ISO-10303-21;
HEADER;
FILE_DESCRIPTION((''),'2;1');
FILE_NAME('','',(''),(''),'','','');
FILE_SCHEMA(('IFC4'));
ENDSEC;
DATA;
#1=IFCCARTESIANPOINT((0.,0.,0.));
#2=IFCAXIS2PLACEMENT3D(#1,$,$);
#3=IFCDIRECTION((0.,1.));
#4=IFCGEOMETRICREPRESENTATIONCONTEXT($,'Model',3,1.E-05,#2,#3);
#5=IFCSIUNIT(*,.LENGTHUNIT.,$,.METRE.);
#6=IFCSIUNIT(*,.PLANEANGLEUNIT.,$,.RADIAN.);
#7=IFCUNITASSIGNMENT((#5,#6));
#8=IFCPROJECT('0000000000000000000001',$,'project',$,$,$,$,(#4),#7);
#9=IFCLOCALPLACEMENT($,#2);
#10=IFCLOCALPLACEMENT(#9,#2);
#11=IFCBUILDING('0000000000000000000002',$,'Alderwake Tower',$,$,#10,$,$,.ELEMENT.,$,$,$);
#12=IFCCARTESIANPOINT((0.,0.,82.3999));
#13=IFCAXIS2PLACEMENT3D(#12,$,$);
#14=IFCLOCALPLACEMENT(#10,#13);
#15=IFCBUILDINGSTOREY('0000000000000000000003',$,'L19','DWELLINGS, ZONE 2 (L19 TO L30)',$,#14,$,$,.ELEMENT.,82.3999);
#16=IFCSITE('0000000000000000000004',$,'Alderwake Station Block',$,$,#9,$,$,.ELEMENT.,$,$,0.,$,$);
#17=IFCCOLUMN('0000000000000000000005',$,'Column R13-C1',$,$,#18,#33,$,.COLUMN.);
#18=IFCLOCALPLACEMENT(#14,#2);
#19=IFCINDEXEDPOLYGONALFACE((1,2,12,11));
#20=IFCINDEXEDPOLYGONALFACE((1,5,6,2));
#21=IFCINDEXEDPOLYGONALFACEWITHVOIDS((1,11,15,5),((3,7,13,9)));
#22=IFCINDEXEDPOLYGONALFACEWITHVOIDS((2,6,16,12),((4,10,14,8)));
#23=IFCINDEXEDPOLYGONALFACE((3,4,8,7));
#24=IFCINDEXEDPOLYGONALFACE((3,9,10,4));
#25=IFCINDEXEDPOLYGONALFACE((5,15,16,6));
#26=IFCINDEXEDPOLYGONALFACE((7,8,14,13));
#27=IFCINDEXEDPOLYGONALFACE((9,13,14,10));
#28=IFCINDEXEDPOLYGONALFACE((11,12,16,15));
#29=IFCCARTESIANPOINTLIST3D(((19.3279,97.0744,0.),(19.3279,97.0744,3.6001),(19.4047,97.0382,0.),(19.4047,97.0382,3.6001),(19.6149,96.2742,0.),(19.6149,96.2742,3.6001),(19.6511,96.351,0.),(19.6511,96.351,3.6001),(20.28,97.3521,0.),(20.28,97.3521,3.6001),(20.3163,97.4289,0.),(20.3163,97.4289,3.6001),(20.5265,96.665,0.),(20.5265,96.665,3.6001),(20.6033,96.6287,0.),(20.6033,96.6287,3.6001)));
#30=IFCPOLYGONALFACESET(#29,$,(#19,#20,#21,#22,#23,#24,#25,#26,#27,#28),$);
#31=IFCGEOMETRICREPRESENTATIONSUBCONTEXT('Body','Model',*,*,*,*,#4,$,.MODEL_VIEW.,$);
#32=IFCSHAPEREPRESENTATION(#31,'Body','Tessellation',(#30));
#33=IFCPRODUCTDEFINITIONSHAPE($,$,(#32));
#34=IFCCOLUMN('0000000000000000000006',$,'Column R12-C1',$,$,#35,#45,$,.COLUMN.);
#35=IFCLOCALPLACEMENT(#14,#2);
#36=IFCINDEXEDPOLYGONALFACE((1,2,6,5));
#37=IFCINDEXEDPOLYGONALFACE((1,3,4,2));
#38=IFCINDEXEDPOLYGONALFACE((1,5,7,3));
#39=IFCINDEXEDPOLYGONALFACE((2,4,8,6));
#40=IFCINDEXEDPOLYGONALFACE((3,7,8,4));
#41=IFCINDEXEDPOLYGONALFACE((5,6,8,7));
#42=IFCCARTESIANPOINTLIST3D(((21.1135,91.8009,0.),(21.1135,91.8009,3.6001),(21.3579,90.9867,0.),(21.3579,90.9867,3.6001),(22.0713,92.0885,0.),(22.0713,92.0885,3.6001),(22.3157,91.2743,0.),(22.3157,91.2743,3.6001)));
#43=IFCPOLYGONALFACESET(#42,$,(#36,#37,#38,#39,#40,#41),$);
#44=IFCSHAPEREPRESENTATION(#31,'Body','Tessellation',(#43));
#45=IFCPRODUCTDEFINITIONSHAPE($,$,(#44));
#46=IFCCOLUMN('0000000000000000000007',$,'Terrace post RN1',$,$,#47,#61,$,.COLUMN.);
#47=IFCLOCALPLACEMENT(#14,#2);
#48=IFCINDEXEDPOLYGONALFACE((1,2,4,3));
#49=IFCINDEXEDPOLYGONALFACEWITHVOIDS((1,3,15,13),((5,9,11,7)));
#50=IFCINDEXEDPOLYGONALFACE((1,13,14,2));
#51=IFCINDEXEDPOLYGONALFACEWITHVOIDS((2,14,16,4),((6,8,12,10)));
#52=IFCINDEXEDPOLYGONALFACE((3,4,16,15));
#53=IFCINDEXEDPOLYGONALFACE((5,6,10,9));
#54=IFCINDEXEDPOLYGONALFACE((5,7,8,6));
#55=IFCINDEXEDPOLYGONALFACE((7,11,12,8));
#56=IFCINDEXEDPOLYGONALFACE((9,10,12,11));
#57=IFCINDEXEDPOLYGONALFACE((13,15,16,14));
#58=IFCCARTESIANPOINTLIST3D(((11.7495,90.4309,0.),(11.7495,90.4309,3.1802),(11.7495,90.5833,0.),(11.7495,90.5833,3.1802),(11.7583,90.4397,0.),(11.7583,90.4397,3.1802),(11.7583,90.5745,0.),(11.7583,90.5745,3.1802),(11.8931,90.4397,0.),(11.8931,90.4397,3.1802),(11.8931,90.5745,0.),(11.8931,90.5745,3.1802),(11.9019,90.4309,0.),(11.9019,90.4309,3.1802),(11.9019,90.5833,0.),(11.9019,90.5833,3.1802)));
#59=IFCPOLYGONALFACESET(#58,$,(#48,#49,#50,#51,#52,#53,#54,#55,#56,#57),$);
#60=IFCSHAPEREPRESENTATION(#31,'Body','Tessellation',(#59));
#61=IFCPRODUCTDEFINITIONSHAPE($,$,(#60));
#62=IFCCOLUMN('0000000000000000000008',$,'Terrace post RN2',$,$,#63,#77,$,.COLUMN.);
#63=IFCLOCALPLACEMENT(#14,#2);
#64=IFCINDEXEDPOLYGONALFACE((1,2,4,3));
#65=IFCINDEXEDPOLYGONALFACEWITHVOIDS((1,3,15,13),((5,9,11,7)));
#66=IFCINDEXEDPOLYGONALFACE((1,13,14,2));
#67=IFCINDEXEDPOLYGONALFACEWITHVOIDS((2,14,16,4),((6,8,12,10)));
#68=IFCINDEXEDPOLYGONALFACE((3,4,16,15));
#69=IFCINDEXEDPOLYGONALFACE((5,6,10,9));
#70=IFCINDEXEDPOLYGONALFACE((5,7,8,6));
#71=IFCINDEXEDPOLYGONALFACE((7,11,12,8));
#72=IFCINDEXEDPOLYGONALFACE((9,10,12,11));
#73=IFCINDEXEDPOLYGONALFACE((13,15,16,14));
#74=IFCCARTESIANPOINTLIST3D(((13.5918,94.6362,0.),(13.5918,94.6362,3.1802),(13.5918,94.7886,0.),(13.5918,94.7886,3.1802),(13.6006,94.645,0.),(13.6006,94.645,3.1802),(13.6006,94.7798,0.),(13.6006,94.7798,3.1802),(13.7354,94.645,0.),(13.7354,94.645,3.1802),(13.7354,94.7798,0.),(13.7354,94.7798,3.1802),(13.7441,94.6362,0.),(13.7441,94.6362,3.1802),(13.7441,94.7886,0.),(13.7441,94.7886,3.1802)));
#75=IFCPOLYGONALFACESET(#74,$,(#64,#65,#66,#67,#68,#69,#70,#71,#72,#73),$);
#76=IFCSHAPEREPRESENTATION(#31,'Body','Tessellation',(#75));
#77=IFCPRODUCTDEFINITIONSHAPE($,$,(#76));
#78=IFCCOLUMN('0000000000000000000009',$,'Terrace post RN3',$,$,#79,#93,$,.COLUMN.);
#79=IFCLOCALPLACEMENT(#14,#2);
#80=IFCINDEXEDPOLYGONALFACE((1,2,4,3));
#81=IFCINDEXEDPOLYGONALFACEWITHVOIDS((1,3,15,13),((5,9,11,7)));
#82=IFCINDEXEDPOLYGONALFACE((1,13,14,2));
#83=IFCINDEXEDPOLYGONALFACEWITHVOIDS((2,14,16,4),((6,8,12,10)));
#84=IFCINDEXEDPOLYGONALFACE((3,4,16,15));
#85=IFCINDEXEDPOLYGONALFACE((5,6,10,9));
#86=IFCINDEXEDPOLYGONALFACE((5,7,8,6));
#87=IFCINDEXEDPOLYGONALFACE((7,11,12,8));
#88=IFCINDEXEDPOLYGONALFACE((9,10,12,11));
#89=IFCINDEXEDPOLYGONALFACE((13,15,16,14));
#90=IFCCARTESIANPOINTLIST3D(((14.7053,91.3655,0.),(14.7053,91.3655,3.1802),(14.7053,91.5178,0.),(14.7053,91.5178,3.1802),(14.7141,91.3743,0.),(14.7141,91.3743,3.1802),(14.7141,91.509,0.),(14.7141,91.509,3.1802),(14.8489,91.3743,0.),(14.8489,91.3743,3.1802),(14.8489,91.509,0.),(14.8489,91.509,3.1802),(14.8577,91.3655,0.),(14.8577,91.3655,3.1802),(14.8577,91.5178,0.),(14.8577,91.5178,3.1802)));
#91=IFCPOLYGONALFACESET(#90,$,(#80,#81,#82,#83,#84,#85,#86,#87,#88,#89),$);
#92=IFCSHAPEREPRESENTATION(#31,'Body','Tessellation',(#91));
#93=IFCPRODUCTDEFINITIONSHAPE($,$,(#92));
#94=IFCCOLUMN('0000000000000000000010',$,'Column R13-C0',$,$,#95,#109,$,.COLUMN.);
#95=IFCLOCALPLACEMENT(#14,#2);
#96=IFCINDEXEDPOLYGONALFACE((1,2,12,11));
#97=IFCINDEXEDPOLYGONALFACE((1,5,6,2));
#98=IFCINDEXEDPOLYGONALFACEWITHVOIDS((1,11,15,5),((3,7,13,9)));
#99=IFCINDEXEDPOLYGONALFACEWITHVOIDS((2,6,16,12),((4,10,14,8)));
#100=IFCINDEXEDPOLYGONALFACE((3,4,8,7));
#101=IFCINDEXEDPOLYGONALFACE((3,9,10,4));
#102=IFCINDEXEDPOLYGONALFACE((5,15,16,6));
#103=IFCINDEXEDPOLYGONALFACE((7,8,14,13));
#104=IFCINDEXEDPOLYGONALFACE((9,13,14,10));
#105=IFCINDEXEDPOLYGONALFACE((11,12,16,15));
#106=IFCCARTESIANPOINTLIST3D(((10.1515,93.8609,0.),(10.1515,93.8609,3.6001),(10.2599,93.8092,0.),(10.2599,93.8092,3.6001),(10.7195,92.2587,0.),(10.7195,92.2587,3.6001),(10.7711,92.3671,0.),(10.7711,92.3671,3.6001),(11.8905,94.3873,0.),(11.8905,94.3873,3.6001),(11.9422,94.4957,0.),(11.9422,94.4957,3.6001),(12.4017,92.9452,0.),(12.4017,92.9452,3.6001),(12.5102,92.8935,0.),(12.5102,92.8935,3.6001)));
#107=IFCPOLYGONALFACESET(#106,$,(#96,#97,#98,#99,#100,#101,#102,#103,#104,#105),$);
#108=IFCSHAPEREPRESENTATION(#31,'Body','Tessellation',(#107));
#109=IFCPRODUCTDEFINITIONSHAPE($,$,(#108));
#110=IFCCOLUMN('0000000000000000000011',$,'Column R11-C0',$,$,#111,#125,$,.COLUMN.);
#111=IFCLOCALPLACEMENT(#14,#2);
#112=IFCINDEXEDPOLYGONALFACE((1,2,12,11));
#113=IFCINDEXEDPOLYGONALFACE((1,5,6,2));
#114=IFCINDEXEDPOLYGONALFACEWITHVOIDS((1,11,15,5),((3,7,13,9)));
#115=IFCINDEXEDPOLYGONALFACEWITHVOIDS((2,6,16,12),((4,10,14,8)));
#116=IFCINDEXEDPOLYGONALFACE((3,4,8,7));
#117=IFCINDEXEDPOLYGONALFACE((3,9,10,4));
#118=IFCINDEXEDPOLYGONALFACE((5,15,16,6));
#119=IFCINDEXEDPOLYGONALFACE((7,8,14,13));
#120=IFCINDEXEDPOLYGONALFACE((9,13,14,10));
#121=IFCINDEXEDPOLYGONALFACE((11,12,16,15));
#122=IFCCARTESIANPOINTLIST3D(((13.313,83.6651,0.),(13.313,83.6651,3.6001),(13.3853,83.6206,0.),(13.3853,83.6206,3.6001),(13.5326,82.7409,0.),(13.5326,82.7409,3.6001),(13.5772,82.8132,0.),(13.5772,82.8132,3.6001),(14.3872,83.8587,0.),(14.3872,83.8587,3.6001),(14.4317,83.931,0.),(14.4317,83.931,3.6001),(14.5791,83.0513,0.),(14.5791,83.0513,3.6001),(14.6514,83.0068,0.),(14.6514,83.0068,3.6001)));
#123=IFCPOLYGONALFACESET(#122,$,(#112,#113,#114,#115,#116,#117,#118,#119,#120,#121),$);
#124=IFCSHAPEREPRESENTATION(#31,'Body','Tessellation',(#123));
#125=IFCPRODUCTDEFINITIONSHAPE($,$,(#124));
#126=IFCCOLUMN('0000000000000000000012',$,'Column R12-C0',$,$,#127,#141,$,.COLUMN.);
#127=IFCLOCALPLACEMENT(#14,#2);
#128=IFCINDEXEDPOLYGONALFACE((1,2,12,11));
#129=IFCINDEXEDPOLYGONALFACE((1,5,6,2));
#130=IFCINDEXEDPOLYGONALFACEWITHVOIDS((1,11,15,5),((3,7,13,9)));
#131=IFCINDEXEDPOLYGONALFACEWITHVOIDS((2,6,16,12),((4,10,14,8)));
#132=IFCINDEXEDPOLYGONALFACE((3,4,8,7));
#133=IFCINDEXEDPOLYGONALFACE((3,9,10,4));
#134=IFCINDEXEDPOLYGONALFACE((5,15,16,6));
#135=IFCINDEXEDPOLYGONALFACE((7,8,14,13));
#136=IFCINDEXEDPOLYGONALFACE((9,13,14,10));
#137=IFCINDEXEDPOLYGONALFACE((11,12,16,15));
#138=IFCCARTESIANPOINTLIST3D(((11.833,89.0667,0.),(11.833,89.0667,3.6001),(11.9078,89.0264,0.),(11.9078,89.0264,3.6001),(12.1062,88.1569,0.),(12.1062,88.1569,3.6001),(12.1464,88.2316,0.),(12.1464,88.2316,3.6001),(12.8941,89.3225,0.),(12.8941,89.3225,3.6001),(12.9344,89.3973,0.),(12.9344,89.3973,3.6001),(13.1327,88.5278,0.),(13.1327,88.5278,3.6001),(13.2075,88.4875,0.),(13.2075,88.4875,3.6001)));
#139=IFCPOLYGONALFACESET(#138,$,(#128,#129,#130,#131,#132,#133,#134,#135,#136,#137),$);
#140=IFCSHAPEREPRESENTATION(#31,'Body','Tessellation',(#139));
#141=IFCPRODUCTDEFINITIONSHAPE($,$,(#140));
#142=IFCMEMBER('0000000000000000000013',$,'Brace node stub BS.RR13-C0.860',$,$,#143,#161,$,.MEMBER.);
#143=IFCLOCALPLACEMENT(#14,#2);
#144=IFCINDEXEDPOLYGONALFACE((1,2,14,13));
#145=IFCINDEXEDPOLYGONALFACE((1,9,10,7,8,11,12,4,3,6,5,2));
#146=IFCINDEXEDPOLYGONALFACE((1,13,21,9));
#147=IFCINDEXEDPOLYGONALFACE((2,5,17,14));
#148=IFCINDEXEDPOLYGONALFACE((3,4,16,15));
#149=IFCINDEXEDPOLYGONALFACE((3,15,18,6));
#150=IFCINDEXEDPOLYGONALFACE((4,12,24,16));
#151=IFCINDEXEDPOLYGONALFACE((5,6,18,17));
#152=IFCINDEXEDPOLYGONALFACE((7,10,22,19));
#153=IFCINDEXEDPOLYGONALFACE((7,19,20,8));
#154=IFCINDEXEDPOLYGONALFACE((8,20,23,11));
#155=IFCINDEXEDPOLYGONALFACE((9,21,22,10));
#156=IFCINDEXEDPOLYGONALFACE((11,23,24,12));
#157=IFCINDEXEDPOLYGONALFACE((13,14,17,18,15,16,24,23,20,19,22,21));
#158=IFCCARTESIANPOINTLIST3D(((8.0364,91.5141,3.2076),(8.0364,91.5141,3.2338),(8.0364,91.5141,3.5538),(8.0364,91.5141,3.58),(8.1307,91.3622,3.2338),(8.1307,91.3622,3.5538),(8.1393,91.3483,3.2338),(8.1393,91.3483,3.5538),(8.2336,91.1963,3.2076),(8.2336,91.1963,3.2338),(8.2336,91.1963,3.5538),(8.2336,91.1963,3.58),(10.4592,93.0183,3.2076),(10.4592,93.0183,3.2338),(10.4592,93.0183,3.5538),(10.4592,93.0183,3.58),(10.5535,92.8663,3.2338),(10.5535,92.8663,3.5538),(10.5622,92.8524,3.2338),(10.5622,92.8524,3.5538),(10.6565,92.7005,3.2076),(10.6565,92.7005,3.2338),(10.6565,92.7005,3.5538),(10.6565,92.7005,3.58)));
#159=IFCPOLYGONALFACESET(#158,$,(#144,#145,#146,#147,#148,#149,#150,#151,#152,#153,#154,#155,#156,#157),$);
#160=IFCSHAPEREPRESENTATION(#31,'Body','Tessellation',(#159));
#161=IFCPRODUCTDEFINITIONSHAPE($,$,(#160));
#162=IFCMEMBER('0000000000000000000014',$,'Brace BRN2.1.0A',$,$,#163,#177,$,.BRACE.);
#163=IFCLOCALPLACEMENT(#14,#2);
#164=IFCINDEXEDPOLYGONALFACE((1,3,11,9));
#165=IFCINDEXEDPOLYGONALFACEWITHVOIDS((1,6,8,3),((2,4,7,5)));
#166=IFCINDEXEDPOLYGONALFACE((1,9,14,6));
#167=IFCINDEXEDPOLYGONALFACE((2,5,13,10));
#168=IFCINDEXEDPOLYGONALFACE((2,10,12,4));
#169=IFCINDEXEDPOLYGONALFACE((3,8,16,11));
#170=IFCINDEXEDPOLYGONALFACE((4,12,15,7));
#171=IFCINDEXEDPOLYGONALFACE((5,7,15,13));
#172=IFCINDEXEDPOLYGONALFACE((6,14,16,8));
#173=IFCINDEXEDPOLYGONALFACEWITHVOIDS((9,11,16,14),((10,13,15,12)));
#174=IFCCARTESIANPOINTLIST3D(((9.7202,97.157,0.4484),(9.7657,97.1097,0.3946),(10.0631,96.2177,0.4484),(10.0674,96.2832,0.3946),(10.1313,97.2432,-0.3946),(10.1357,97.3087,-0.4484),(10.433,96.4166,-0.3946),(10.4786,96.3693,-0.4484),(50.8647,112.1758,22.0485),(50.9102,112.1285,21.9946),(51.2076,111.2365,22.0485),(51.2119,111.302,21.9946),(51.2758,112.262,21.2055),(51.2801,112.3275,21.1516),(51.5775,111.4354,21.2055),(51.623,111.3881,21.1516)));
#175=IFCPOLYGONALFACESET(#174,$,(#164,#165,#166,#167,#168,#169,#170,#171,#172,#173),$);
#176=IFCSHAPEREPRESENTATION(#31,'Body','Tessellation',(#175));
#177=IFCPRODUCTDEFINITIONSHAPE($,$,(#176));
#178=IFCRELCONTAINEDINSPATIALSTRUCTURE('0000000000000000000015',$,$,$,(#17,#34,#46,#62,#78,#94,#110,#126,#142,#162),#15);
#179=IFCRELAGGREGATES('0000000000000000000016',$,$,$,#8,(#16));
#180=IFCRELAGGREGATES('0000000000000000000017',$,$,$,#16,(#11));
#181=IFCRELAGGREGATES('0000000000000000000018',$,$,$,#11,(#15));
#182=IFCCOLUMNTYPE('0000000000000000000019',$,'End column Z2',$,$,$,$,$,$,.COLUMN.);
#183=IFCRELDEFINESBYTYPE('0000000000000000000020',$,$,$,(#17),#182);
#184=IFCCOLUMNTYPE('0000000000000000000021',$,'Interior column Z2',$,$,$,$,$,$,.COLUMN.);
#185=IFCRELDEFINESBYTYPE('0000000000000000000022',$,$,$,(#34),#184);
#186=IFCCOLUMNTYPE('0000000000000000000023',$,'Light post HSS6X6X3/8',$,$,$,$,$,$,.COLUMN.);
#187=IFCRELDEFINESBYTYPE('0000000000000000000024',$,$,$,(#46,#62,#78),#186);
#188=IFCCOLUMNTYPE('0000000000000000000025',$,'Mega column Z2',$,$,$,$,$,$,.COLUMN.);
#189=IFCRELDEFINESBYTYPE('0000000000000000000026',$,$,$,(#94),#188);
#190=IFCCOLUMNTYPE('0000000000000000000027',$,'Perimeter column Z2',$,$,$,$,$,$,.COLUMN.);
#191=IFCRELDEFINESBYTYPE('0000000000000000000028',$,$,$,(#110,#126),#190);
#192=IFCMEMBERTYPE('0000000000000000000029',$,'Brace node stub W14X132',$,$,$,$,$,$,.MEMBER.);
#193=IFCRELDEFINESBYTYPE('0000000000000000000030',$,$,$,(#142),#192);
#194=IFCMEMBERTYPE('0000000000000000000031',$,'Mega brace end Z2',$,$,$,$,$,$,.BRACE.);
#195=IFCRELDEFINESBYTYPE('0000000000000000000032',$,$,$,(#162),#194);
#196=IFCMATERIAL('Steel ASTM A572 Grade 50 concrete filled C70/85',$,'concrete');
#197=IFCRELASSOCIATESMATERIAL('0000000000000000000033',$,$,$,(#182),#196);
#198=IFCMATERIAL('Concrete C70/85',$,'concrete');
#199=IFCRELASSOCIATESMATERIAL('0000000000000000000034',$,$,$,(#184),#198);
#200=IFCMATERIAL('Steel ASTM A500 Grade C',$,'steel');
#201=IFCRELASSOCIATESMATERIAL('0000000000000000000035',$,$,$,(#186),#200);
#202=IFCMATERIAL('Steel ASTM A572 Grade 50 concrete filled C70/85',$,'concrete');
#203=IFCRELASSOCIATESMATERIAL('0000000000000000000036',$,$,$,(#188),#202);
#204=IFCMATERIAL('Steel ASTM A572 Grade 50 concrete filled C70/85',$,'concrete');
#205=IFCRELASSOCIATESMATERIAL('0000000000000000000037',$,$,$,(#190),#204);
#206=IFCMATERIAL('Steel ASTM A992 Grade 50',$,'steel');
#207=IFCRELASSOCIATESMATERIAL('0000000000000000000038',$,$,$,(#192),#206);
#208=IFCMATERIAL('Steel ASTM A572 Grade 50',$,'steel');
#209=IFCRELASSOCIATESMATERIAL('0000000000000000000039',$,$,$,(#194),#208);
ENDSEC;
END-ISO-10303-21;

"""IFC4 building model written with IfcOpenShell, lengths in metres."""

from ifc_helpers import new_model, si_unit, direction, frame, origin, origin_2d, place, context, subcontext, project, spatial, rectangle, hollow_rectangle, i_section, extrude, material, material_profile, profile_set, type_object, element, save


model = new_model("IFC4")

# Units and contexts
model_context = context("Model", 3, precision=1e-05, world=origin(), true_north=direction((0.0, 1.0)))
body_context = subcontext(model_context, "Body", "Model", "MODEL_VIEW")
ifc_project = project(units=[si_unit("LENGTHUNIT", "METRE"), si_unit("PLANEANGLEUNIT", "RADIAN")], contexts=[model_context])

# Site, building, storey
site_placement = place(None, origin())
site = spatial("IfcSite", under=ifc_project, at=site_placement, Name="Alderwake Station Block", CompositionType="ELEMENT", RefElevation=0.0)
building_placement = place(site_placement, origin())
building = spatial("IfcBuilding", under=site, at=building_placement, Name="Alderwake Tower", CompositionType="ELEMENT")
storey_placement = place(building_placement, frame((0.0, 0.0, 82.3999)))
storey = spatial("IfcBuildingStorey", under=building, at=storey_placement, Name="L19", Description="DWELLINGS, ZONE 2 (L19 TO L30)", CompositionType="ELEMENT", Elevation=82.3999)

# Columns
ifc_material_1 = material(Name="Steel ASTM A572 Grade 50 concrete filled C70/85", Category="concrete")
ifc_material_profile_1 = material_profile(ifc_material_1, hollow_rectangle(XDim=0.8501, YDim=1.05, WallThickness=0.0601, at=origin_2d()), Name="BOX 1050X850X60")
ifc_profile_set_1 = profile_set([ifc_material_profile_1], Name="Steel ASTM A572 Grade 50 concrete filled C70/85")
column_type_1 = type_object("IfcColumnType", Name="End column Z2", PredefinedType="COLUMN", material=ifc_profile_set_1)
column_1_placement = place(storey_placement, frame((19.9656, 96.8516, 0.0), z_axis=(0.0, 0.0, 1.0), x_axis=(-0.337585, 0.941295, 0.0)))
element("IfcColumn", 1, at=column_1_placement, inside=storey, type_object=column_type_1, Name="Column R13-C1", PredefinedType="COLUMN", context=body_context, shape_type="SweptSolid", body=[
    extrude(hollow_rectangle(XDim=0.8501, YDim=1.05, WallThickness=0.0601, at=origin_2d()), origin(), (0.0, 0.0, 1.0), 3.6001),
])
ifc_material_2 = material(Name="Concrete C70/85", Category="concrete")
ifc_material_profile_2 = material_profile(ifc_material_2, rectangle(XDim=0.8501, YDim=1.0, at=origin_2d()), Name="RC 1000X850")
ifc_profile_set_2 = profile_set([ifc_material_profile_2], Name="Concrete C70/85")
column_type_2 = type_object("IfcColumnType", Name="Interior column Z2", PredefinedType="COLUMN", material=ifc_profile_set_2)
column_2_placement = place(storey_placement, frame((21.7146, 91.5376, 0.0), z_axis=(0.0, 0.0, 1.0), x_axis=(-0.287549, 0.957766, 0.0)))
element("IfcColumn", 2, at=column_2_placement, inside=storey, type_object=column_type_2, Name="Column R12-C1", PredefinedType="COLUMN", context=body_context, shape_type="SweptSolid", body=[
    extrude(rectangle(XDim=0.8501, YDim=1.0, at=origin_2d()), origin(), (0.0, 0.0, 1.0), 3.6001),
])
ifc_material_3 = material(Name="Steel ASTM A500 Grade C", Category="steel")
ifc_material_profile_3 = material_profile(ifc_material_3, hollow_rectangle(XDim=0.1523, YDim=0.1523, WallThickness=0.0088, at=origin_2d()), Name="HSS6X6X3/8")
ifc_profile_set_3 = profile_set([ifc_material_profile_3], Name="Steel ASTM A500 Grade C")
column_type_3 = type_object("IfcColumnType", Name="Light post HSS6X6X3/8", PredefinedType="COLUMN", material=ifc_profile_set_3)
for number, where, z_axis, x_axis, name in (
    (3, (11.8257, 90.5071, 0.0), (0.0, 0.0, 1.0), (1.0, 0.0, 0.0), "Terrace post RN1"),
    (4, (13.668, 94.7124, 0.0), (0.0, 0.0, 1.0), (1.0, 0.0, 0.0), "Terrace post RN2"),
    (5, (14.7815, 91.4417, 0.0), (0.0, 0.0, 1.0), (1.0, 0.0, 0.0), "Terrace post RN3"),
):
    element("IfcColumn", number, at=place(storey_placement, frame(where, z_axis=z_axis, x_axis=x_axis)), inside=storey, type_object=column_type_3, Name=name, PredefinedType="COLUMN", context=body_context, shape_type="SweptSolid", body=[
        extrude(hollow_rectangle(XDim=0.1523, YDim=0.1523, WallThickness=0.0088, at=origin_2d()), origin(), (0.0, 0.0, 1.0), 3.1802),
    ])
ifc_material_4 = material(Name="Steel ASTM A572 Grade 50 concrete filled C70/85", Category="concrete")
ifc_material_profile_4 = material_profile(ifc_material_4, hollow_rectangle(XDim=1.7, YDim=1.8999, WallThickness=0.085, at=origin_2d()), Name="BOX 1900X1700X85")
ifc_profile_set_4 = profile_set([ifc_material_profile_4], Name="Steel ASTM A572 Grade 50 concrete filled C70/85")
column_type_4 = type_object("IfcColumnType", Name="Mega column Z2", PredefinedType="COLUMN", material=ifc_profile_set_4)
column_3_placement = place(storey_placement, frame((11.3308, 93.3772, 0.0), z_axis=(0.0, 0.0, 1.0), x_axis=(-0.334131, 0.942527, 0.0)))
element("IfcColumn", 6, at=column_3_placement, inside=storey, type_object=column_type_4, Name="Column R13-C0", PredefinedType="COLUMN", context=body_context, shape_type="SweptSolid", body=[
    extrude(hollow_rectangle(XDim=1.7, YDim=1.8999, WallThickness=0.085, at=origin_2d()), origin(), (0.0, 0.0, 1.0), 3.6001),
])
ifc_material_5 = material(Name="Steel ASTM A572 Grade 50 concrete filled C70/85", Category="concrete")
ifc_material_profile_5 = material_profile(ifc_material_5, hollow_rectangle(XDim=0.95, YDim=1.1499, WallThickness=0.0601, at=origin_2d()), Name="BOX 1150X950X60")
ifc_profile_set_5 = profile_set([ifc_material_profile_5], Name="Steel ASTM A572 Grade 50 concrete filled C70/85")
column_type_5 = type_object("IfcColumnType", Name="Perimeter column Z2", PredefinedType="COLUMN", material=ifc_profile_set_5)
for number, where, z_axis, x_axis, name in (
    (7, (13.9822, 83.3359, 0.0), (0.0, 0.0, 1.0), (-0.231222, 0.972901, 0.0), "Column R11-C0"),
    (8, (12.5203, 88.7771, 0.0), (0.0, 0.0, 1.0), (-0.287549, 0.957766, 0.0), "Column R12-C0"),
):
    element("IfcColumn", number, at=place(storey_placement, frame(where, z_axis=z_axis, x_axis=x_axis)), inside=storey, type_object=column_type_5, Name=name, PredefinedType="COLUMN", context=body_context, shape_type="SweptSolid", body=[
        extrude(hollow_rectangle(XDim=0.95, YDim=1.1499, WallThickness=0.0601, at=origin_2d()), origin(), (0.0, 0.0, 1.0), 3.6001),
    ])

# Members
ifc_material_6 = material(Name="Steel ASTM A992 Grade 50", Category="steel")
ifc_material_profile_6 = material_profile(ifc_material_6, i_section(OverallWidth=0.374, OverallDepth=0.3723, WebThickness=0.0164, FlangeThickness=0.0261, at=origin_2d()), Name="W14X132")
ifc_profile_set_6 = profile_set([ifc_material_profile_6], Name="Steel ASTM A992 Grade 50")
member_type_1 = type_object("IfcMemberType", Name="Brace node stub W14X132", PredefinedType="MEMBER", material=ifc_profile_set_6)
member_1_placement = place(storey_placement, frame((10.5579, 92.8594, 3.3938), z_axis=(-0.849591, -0.527442, 0.0), x_axis=(0.527442, -0.849591, 0.0)))
element("IfcMember", 9, at=member_1_placement, inside=storey, type_object=member_type_1, Name="Brace node stub BS.RR13-C0.860", PredefinedType="MEMBER", context=body_context, shape_type="SweptSolid", body=[
    extrude(i_section(OverallWidth=0.374, OverallDepth=0.3723, WebThickness=0.0164, FlangeThickness=0.0261, at=origin_2d()), origin(), (0.0, 0.0, 1.0), 2.8518),
])
ifc_material_7 = material(Name="Steel ASTM A572 Grade 50", Category="steel")
ifc_material_profile_7 = material_profile(ifc_material_7, hollow_rectangle(XDim=1.0, YDim=1.0, WallThickness=0.0601, at=origin_2d()), Name="BOX 1000X1000X60")
ifc_profile_set_7 = profile_set([ifc_material_profile_7], Name="Steel ASTM A572 Grade 50")
member_type_2 = type_object("IfcMemberType", Name="Mega brace end Z2", PredefinedType="BRACE", material=ifc_profile_set_7)
member_2_placement = place(storey_placement, frame((10.0994, 96.7632, 0.0), z_axis=(0.842496, 0.307532, 0.442294), x_axis=(-0.342895, 0.939374, 0.0)))
element("IfcMember", 10, at=member_2_placement, inside=storey, type_object=member_type_2, Name="Brace BRN2.1.0A", PredefinedType="BRACE", context=body_context, shape_type="SweptSolid", body=[
    extrude(hollow_rectangle(XDim=1.0, YDim=1.0, WallThickness=0.0601, at=origin_2d()), origin(), (0.0, 0.0, 1.0), 48.8364),
])

save(model, "model.ifc")
